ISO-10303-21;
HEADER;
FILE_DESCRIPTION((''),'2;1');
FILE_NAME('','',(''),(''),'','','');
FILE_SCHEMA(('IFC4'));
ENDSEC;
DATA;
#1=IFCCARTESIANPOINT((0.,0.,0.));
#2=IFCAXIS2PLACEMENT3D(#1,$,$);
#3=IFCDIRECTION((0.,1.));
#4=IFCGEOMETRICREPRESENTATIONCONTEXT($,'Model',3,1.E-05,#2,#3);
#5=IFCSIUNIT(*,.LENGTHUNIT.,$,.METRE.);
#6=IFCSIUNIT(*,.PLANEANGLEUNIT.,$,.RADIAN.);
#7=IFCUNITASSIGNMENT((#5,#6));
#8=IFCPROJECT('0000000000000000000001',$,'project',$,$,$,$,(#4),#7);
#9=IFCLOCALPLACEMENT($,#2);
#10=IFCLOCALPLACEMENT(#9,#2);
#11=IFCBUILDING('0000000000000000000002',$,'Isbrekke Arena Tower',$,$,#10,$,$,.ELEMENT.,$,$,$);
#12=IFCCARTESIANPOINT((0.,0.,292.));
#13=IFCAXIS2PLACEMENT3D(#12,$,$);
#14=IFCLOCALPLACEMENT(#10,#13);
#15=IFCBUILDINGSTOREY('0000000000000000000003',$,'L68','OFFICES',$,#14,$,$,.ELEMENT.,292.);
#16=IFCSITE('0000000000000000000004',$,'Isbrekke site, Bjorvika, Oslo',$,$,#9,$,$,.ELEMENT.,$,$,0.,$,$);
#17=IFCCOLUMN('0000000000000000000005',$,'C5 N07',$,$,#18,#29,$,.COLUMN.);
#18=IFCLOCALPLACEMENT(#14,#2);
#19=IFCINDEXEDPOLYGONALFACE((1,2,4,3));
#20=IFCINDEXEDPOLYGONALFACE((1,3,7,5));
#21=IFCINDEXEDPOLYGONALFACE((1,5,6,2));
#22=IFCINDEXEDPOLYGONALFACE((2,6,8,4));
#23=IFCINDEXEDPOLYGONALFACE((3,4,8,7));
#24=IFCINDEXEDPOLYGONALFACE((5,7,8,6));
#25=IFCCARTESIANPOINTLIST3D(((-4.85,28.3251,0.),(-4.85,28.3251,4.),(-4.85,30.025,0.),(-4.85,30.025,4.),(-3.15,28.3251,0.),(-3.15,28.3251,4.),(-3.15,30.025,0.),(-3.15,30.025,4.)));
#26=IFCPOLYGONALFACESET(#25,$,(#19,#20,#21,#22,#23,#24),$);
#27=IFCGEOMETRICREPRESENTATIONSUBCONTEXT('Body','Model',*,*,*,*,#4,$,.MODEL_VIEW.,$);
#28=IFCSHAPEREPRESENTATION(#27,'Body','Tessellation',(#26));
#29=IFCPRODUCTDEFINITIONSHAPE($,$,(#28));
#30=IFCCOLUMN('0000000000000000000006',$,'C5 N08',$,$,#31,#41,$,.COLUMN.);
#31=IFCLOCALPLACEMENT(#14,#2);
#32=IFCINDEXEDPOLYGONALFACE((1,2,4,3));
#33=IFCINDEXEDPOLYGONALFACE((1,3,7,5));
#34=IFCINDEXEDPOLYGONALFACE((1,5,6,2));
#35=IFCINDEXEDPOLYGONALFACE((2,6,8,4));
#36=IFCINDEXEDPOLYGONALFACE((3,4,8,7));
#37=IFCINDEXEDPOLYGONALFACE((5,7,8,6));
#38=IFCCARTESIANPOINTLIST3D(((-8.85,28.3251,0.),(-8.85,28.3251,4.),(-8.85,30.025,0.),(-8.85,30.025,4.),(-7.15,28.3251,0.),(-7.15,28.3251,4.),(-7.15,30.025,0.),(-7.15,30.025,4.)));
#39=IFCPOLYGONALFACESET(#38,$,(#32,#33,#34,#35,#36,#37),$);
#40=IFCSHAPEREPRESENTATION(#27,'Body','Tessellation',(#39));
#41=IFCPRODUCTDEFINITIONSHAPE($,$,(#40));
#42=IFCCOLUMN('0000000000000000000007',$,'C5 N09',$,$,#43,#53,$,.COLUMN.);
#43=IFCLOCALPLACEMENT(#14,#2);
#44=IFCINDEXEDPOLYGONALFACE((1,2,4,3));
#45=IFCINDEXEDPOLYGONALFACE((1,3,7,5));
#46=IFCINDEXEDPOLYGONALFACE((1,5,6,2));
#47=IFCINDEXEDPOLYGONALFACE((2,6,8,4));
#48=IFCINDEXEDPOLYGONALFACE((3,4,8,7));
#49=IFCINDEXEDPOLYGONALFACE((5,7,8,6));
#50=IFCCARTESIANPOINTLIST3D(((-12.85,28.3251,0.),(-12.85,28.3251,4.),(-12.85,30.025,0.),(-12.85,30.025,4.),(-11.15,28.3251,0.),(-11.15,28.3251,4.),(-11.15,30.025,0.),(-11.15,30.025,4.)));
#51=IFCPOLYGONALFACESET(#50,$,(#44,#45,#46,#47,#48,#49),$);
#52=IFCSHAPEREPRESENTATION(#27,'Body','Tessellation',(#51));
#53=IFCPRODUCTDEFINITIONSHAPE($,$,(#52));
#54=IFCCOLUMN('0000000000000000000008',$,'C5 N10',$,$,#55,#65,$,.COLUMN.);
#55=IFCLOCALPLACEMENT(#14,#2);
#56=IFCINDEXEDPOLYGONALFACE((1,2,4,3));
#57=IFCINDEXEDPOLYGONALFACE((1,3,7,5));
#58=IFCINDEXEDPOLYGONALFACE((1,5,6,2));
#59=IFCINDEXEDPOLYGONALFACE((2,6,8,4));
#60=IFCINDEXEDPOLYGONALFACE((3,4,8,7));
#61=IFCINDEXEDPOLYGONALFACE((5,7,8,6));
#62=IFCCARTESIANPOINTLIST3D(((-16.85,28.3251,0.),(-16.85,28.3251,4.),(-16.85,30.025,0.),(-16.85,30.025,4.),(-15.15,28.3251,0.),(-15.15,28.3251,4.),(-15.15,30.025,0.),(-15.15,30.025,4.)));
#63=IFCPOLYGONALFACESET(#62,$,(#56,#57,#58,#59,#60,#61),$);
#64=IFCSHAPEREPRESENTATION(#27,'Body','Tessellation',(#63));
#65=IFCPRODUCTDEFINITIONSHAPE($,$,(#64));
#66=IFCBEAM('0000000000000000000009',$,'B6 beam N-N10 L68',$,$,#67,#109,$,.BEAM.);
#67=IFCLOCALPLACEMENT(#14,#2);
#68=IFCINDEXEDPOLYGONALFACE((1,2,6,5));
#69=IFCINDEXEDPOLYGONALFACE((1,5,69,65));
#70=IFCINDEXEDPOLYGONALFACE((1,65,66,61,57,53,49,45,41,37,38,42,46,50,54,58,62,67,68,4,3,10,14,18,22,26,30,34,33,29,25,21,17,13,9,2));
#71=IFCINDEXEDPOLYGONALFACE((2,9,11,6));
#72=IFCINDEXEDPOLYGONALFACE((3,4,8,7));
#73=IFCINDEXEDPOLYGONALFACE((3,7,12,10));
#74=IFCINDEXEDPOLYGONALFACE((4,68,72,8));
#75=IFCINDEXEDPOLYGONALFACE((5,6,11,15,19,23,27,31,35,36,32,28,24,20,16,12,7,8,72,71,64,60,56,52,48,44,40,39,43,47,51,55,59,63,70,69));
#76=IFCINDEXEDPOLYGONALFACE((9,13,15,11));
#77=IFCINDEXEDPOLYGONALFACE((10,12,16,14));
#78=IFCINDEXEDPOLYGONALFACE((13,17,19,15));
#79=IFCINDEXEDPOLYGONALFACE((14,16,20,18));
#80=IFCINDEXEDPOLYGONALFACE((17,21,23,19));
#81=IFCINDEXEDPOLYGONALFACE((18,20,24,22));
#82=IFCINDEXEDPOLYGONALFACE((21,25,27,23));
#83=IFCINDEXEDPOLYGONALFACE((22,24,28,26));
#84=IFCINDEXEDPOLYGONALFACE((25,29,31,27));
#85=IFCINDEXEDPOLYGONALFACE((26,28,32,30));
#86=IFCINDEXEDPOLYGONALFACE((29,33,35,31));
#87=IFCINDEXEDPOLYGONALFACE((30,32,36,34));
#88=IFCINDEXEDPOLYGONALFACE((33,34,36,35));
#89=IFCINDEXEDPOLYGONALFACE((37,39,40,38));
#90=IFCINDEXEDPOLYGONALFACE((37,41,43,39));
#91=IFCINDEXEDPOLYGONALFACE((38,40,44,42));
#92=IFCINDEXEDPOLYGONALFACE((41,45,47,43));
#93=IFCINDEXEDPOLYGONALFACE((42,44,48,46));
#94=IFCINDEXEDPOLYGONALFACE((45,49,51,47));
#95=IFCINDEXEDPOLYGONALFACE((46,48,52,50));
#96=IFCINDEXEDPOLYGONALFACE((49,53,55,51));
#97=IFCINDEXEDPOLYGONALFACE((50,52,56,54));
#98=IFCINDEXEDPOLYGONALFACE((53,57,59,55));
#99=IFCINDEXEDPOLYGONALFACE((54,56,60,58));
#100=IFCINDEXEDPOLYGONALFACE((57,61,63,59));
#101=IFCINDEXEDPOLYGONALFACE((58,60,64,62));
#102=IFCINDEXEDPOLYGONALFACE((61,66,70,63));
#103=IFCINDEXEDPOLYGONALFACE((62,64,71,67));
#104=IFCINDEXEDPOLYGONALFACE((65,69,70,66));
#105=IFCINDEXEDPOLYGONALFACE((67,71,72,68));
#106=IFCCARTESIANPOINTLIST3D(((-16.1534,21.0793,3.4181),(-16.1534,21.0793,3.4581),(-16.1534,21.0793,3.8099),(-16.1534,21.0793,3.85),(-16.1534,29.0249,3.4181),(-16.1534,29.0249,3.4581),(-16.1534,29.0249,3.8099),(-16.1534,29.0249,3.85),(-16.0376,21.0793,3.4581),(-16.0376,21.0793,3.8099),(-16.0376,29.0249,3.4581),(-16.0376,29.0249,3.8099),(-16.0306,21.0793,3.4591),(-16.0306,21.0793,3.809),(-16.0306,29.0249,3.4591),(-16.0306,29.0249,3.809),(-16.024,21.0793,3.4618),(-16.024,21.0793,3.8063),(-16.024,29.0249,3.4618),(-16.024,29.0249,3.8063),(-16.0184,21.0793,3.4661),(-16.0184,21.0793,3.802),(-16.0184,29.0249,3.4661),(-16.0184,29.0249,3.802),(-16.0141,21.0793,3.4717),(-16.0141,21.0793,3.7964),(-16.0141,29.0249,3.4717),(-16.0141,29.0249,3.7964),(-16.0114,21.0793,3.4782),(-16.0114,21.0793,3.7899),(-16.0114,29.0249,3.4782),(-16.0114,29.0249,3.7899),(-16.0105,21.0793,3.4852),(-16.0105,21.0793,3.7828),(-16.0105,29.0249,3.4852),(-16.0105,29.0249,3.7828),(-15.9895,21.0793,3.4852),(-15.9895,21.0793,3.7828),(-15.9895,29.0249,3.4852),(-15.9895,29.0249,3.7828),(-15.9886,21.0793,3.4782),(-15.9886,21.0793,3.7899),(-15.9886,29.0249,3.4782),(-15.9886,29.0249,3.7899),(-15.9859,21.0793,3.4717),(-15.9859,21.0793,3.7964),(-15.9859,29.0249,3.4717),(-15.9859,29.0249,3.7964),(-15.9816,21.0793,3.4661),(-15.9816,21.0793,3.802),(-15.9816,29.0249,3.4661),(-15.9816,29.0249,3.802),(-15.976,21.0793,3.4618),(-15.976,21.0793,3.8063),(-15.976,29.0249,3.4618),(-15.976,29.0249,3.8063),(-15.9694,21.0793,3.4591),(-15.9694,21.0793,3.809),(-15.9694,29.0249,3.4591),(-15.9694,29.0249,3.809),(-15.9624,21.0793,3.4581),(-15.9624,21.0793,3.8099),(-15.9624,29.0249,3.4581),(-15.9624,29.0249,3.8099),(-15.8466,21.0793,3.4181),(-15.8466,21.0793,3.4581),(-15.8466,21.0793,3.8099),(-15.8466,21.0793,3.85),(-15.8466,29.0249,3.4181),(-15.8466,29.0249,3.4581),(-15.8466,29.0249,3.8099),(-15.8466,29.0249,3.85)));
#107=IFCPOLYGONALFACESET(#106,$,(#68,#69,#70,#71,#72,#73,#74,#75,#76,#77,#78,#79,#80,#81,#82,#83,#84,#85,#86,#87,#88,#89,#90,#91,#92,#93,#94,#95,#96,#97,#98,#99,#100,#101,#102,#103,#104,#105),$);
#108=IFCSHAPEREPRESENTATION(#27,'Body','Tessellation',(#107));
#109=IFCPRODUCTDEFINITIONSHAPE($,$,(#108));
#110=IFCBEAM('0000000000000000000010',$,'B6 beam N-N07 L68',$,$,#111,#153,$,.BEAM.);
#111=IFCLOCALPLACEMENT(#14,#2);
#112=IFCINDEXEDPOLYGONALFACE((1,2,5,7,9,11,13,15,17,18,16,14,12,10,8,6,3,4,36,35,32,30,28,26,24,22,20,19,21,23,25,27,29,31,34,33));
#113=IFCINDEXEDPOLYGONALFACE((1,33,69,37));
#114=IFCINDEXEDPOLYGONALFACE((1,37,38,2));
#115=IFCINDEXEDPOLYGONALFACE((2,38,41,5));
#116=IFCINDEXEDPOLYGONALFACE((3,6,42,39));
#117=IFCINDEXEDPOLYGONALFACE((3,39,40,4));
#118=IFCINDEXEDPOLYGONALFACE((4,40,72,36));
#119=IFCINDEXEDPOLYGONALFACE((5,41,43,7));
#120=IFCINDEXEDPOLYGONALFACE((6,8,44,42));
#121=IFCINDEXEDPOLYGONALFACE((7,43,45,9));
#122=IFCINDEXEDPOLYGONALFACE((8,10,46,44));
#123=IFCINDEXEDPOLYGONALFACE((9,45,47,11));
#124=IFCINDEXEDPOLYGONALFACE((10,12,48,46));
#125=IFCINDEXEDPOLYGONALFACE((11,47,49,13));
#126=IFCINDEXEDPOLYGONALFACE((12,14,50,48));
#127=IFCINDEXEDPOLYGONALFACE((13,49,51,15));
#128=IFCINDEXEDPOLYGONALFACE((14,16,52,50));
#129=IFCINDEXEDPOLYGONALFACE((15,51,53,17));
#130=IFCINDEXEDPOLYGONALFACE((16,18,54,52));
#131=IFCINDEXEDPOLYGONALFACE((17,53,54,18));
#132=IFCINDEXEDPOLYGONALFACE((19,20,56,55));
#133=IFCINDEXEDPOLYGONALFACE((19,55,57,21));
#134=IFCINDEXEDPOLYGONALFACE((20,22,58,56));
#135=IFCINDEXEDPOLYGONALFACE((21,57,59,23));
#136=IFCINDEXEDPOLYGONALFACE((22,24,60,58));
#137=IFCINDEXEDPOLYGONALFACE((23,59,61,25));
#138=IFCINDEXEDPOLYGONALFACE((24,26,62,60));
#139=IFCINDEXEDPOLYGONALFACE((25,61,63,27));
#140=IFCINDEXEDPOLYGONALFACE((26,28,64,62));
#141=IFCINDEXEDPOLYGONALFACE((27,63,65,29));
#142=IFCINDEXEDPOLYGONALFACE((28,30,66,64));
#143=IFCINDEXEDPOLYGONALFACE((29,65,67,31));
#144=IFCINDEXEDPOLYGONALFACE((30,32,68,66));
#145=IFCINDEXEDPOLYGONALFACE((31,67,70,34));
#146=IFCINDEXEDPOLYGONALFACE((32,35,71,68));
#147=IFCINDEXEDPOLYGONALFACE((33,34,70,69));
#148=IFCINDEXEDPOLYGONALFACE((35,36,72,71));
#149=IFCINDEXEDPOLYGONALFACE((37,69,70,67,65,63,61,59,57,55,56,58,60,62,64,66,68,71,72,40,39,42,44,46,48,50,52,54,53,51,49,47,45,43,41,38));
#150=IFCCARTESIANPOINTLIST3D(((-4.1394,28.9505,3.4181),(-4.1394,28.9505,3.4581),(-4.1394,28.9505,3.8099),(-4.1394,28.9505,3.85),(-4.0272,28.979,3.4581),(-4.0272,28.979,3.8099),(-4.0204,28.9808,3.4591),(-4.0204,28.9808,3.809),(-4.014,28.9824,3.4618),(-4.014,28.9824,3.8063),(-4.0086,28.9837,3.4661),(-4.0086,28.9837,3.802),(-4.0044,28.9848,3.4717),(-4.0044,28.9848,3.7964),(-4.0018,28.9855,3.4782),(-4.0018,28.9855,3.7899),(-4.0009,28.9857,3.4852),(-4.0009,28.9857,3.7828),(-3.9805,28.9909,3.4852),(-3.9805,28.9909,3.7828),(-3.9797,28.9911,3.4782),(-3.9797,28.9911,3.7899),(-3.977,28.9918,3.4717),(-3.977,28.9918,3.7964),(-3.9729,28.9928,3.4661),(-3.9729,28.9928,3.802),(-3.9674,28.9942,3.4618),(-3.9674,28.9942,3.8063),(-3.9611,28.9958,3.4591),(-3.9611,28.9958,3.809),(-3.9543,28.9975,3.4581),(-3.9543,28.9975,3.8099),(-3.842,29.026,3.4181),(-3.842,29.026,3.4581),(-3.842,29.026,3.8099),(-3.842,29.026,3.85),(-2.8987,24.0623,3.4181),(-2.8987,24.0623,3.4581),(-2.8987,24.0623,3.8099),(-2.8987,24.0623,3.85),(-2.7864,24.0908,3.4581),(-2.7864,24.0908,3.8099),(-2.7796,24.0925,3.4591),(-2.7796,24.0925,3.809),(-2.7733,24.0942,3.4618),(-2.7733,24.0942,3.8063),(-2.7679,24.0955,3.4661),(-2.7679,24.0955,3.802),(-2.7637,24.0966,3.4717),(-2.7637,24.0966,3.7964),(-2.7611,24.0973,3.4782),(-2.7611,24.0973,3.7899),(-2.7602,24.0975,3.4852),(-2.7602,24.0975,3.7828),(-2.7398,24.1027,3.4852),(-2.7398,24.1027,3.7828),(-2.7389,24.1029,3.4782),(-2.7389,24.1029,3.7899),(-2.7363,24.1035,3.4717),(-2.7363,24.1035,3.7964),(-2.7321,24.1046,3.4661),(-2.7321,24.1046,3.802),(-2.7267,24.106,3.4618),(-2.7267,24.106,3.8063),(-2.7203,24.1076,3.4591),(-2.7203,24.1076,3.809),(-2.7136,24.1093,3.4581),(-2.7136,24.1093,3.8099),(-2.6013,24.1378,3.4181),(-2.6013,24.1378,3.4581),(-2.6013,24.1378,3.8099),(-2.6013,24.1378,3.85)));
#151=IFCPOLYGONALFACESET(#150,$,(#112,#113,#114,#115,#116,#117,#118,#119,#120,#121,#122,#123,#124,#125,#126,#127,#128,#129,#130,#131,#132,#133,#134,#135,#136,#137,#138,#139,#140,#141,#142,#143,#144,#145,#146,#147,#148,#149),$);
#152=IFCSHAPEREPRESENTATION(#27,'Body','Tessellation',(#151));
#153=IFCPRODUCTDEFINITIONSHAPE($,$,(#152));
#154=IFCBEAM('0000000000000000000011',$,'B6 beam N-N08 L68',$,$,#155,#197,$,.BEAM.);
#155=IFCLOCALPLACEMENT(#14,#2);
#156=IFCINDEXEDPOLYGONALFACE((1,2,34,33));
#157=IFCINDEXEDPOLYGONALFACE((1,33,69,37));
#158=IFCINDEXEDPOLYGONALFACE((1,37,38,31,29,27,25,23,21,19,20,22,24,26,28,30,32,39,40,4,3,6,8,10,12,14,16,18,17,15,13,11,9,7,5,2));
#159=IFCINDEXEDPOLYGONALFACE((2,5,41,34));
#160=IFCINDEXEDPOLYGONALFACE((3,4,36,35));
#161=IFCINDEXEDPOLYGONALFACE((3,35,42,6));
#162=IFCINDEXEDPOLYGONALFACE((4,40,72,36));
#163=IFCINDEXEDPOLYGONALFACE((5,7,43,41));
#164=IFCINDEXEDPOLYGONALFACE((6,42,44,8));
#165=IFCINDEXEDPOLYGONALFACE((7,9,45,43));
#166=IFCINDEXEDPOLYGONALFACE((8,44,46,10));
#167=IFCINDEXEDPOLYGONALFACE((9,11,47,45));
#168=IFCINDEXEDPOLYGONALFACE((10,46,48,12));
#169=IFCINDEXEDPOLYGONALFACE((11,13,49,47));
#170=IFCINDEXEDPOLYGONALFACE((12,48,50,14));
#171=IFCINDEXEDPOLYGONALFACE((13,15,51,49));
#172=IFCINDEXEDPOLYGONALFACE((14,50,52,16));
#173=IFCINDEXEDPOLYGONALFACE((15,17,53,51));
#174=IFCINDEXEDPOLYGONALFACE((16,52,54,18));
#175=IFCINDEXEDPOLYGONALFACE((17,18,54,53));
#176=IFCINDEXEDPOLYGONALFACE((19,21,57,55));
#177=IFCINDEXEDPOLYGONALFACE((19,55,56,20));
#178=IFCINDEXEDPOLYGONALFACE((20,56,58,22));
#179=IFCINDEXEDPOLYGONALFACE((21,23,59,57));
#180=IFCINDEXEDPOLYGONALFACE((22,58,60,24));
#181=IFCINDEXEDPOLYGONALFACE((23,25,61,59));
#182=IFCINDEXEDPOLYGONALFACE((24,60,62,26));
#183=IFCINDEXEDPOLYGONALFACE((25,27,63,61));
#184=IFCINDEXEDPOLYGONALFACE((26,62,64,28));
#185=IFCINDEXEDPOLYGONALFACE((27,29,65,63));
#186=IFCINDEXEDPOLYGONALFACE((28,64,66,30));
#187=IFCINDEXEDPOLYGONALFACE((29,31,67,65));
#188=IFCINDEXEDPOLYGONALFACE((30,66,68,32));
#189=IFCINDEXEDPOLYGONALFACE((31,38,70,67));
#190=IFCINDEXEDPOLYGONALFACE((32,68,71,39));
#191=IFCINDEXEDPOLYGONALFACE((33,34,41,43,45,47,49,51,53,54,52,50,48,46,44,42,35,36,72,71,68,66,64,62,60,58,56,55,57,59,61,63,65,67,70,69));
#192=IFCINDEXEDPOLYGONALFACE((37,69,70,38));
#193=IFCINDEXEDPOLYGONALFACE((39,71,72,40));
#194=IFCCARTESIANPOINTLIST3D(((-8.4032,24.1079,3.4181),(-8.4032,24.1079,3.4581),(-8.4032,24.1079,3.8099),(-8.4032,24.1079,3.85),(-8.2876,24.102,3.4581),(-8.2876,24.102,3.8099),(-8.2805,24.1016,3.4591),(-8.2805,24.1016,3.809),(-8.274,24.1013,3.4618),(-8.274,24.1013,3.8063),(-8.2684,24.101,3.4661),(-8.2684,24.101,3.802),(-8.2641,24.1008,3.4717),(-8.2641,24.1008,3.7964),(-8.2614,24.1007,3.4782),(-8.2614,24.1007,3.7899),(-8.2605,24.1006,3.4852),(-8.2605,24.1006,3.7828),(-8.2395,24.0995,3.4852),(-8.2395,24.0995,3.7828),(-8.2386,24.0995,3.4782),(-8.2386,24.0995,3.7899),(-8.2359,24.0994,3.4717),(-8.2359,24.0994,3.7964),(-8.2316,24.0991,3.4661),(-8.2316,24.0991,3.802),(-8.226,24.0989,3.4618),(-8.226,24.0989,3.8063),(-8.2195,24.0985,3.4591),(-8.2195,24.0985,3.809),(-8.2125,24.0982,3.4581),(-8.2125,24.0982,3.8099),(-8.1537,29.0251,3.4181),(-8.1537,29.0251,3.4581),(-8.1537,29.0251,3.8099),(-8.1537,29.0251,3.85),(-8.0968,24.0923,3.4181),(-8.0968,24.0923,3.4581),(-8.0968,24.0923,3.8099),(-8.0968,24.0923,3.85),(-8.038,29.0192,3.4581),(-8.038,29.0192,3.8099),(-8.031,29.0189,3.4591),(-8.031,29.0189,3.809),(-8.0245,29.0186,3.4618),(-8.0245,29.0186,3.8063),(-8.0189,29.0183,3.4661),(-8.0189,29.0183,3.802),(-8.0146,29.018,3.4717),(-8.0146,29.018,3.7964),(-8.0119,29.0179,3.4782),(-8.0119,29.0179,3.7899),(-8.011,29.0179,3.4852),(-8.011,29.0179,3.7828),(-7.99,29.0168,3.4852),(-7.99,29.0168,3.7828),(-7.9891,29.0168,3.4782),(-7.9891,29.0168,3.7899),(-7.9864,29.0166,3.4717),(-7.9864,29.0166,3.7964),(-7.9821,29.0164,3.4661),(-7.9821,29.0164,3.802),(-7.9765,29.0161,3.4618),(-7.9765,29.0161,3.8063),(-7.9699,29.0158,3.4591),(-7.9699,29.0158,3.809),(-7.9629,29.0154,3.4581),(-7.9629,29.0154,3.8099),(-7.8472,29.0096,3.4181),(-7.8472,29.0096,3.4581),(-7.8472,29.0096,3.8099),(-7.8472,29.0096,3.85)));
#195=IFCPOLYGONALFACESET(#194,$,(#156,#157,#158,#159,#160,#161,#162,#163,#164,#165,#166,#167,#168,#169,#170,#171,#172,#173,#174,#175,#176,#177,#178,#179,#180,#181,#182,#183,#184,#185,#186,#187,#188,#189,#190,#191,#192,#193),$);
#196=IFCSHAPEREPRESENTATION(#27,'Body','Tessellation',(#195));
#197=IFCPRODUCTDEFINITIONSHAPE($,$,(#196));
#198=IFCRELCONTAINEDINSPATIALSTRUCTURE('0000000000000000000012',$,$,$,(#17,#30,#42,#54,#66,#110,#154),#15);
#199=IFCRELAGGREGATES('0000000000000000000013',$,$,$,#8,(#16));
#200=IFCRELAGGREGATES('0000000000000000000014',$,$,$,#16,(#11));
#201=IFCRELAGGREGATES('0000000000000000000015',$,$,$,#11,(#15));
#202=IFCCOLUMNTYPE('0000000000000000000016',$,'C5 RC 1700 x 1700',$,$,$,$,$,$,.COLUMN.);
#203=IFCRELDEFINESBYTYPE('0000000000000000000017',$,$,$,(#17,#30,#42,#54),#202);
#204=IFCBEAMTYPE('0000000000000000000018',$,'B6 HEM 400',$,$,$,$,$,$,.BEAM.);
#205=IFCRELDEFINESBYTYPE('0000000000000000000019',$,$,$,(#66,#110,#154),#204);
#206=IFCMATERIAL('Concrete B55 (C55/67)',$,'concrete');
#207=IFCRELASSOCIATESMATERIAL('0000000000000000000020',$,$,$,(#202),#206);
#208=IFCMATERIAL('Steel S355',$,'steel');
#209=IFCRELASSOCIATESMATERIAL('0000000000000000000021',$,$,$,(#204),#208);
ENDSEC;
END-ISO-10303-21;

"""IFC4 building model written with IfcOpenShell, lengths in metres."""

from ifc_helpers import new_model, si_unit, direction, frame, origin, origin_2d, place, context, subcontext, project, spatial, rectangle, i_section, extrude, material, material_profile, profile_set, type_object, element, save


model = new_model("IFC4")

# Units and contexts
model_context = context("Model", 3, precision=1e-05, world=origin(), true_north=direction((0.0, 1.0)))
body_context = subcontext(model_context, "Body", "Model", "MODEL_VIEW")
ifc_project = project(units=[si_unit("LENGTHUNIT", "METRE"), si_unit("PLANEANGLEUNIT", "RADIAN")], contexts=[model_context])

# Site, building, storey
site_placement = place(None, origin())
site = spatial("IfcSite", under=ifc_project, at=site_placement, Name="Isbrekke site, Bjorvika, Oslo", CompositionType="ELEMENT", RefElevation=0.0)
building_placement = place(site_placement, origin())
building = spatial("IfcBuilding", under=site, at=building_placement, Name="Isbrekke Arena Tower", CompositionType="ELEMENT")
storey_placement = place(building_placement, frame((0.0, 0.0, 292.0)))
storey = spatial("IfcBuildingStorey", under=building, at=storey_placement, Name="L68", Description="OFFICES", CompositionType="ELEMENT", Elevation=292.0)

# Columns
ifc_material_1 = material(Name="Concrete B55 (C55/67)", Category="concrete")
ifc_material_profile_1 = material_profile(ifc_material_1, rectangle(XDim=1.7, YDim=1.7, at=origin_2d()), Name="RC 1700x1700")
ifc_profile_set_1 = profile_set([ifc_material_profile_1], Name="Concrete B55 (C55/67)")
column_type = type_object("IfcColumnType", Name="C5 RC 1700 x 1700", PredefinedType="COLUMN", material=ifc_profile_set_1)
for number, where, z_axis, x_axis, name in (
    (1, (-4.0, 29.175, 0.0), (0.0, 0.0, 1.0), (-1.0, 0.0, 0.0), "C5 N07"),
    (2, (-8.0, 29.175, 0.0), (0.0, 0.0, 1.0), (-1.0, 0.0, 0.0), "C5 N08"),
    (3, (-12.0, 29.175, 0.0), (0.0, 0.0, 1.0), (-1.0, 0.0, 0.0), "C5 N09"),
    (4, (-16.0, 29.175, 0.0), (0.0, 0.0, 1.0), (-1.0, 0.0, 0.0), "C5 N10"),
):
    element("IfcColumn", number, at=place(storey_placement, frame(where, z_axis=z_axis, x_axis=x_axis)), inside=storey, type_object=column_type, Name=name, PredefinedType="COLUMN", context=body_context, shape_type="SweptSolid", body=[
        extrude(rectangle(XDim=1.7, YDim=1.7, at=origin_2d()), origin(), (0.0, 0.0, 1.0), 4.0),
    ])

# Beams
ifc_material_2 = material(Name="Steel S355", Category="steel")
ifc_material_profile_2 = material_profile(ifc_material_2, i_section(OverallWidth=0.3069, OverallDepth=0.4319, WebThickness=0.021, FlangeThickness=0.04, FilletRadius=0.0271, at=origin_2d()), Name="HEM 400")
ifc_profile_set_2 = profile_set([ifc_material_profile_2], Name="Steel S355")
beam_type_1 = type_object("IfcBeamType", Name="B6 HEM 400", PredefinedType="BEAM", material=ifc_profile_set_2)
beam_1_placement = place(storey_placement, frame((-16.0, 29.0249, 3.634), z_axis=(0.0, -1.0, 0.0), x_axis=(1.0, 0.0, 0.0)))
element("IfcBeam", 5, at=beam_1_placement, inside=storey, type_object=beam_type_1, Name="B6 beam N-N10 L68", PredefinedType="BEAM", context=body_context, shape_type="SweptSolid", body=[
    extrude(i_section(OverallWidth=0.3069, OverallDepth=0.4319, WebThickness=0.021, FlangeThickness=0.04, FilletRadius=0.0271, at=origin_2d()), origin(), (0.0, 0.0, 1.0), 7.9456),
])
beam_2_placement = place(storey_placement, frame((-3.9907, 28.9883, 3.634), z_axis=(0.24602, -0.969265, 0.0), x_axis=(0.969265, 0.24602, 0.0)))
element("IfcBeam", 6, at=beam_2_placement, inside=storey, type_object=beam_type_1, Name="B6 beam N-N07 L68", PredefinedType="BEAM", context=body_context, shape_type="SweptSolid", body=[
    extrude(i_section(OverallWidth=0.3069, OverallDepth=0.4319, WebThickness=0.021, FlangeThickness=0.04, FilletRadius=0.0271, at=origin_2d()), origin(), (0.0, 0.0, 1.0), 5.0432),
])
beam_3_placement = place(storey_placement, frame((-8.0005, 29.0173, 3.634), z_axis=(-0.050677, -0.998715, 0.0), x_axis=(0.998715, -0.050677, 0.0)))
element("IfcBeam", 7, at=beam_3_placement, inside=storey, type_object=beam_type_1, Name="B6 beam N-N08 L68", PredefinedType="BEAM", context=body_context, shape_type="SweptSolid", body=[
    extrude(i_section(OverallWidth=0.3069, OverallDepth=0.4319, WebThickness=0.021, FlangeThickness=0.04, FilletRadius=0.0271, at=origin_2d()), origin(), (0.0, 0.0, 1.0), 4.9236),
])

save(model, "model.ifc")
